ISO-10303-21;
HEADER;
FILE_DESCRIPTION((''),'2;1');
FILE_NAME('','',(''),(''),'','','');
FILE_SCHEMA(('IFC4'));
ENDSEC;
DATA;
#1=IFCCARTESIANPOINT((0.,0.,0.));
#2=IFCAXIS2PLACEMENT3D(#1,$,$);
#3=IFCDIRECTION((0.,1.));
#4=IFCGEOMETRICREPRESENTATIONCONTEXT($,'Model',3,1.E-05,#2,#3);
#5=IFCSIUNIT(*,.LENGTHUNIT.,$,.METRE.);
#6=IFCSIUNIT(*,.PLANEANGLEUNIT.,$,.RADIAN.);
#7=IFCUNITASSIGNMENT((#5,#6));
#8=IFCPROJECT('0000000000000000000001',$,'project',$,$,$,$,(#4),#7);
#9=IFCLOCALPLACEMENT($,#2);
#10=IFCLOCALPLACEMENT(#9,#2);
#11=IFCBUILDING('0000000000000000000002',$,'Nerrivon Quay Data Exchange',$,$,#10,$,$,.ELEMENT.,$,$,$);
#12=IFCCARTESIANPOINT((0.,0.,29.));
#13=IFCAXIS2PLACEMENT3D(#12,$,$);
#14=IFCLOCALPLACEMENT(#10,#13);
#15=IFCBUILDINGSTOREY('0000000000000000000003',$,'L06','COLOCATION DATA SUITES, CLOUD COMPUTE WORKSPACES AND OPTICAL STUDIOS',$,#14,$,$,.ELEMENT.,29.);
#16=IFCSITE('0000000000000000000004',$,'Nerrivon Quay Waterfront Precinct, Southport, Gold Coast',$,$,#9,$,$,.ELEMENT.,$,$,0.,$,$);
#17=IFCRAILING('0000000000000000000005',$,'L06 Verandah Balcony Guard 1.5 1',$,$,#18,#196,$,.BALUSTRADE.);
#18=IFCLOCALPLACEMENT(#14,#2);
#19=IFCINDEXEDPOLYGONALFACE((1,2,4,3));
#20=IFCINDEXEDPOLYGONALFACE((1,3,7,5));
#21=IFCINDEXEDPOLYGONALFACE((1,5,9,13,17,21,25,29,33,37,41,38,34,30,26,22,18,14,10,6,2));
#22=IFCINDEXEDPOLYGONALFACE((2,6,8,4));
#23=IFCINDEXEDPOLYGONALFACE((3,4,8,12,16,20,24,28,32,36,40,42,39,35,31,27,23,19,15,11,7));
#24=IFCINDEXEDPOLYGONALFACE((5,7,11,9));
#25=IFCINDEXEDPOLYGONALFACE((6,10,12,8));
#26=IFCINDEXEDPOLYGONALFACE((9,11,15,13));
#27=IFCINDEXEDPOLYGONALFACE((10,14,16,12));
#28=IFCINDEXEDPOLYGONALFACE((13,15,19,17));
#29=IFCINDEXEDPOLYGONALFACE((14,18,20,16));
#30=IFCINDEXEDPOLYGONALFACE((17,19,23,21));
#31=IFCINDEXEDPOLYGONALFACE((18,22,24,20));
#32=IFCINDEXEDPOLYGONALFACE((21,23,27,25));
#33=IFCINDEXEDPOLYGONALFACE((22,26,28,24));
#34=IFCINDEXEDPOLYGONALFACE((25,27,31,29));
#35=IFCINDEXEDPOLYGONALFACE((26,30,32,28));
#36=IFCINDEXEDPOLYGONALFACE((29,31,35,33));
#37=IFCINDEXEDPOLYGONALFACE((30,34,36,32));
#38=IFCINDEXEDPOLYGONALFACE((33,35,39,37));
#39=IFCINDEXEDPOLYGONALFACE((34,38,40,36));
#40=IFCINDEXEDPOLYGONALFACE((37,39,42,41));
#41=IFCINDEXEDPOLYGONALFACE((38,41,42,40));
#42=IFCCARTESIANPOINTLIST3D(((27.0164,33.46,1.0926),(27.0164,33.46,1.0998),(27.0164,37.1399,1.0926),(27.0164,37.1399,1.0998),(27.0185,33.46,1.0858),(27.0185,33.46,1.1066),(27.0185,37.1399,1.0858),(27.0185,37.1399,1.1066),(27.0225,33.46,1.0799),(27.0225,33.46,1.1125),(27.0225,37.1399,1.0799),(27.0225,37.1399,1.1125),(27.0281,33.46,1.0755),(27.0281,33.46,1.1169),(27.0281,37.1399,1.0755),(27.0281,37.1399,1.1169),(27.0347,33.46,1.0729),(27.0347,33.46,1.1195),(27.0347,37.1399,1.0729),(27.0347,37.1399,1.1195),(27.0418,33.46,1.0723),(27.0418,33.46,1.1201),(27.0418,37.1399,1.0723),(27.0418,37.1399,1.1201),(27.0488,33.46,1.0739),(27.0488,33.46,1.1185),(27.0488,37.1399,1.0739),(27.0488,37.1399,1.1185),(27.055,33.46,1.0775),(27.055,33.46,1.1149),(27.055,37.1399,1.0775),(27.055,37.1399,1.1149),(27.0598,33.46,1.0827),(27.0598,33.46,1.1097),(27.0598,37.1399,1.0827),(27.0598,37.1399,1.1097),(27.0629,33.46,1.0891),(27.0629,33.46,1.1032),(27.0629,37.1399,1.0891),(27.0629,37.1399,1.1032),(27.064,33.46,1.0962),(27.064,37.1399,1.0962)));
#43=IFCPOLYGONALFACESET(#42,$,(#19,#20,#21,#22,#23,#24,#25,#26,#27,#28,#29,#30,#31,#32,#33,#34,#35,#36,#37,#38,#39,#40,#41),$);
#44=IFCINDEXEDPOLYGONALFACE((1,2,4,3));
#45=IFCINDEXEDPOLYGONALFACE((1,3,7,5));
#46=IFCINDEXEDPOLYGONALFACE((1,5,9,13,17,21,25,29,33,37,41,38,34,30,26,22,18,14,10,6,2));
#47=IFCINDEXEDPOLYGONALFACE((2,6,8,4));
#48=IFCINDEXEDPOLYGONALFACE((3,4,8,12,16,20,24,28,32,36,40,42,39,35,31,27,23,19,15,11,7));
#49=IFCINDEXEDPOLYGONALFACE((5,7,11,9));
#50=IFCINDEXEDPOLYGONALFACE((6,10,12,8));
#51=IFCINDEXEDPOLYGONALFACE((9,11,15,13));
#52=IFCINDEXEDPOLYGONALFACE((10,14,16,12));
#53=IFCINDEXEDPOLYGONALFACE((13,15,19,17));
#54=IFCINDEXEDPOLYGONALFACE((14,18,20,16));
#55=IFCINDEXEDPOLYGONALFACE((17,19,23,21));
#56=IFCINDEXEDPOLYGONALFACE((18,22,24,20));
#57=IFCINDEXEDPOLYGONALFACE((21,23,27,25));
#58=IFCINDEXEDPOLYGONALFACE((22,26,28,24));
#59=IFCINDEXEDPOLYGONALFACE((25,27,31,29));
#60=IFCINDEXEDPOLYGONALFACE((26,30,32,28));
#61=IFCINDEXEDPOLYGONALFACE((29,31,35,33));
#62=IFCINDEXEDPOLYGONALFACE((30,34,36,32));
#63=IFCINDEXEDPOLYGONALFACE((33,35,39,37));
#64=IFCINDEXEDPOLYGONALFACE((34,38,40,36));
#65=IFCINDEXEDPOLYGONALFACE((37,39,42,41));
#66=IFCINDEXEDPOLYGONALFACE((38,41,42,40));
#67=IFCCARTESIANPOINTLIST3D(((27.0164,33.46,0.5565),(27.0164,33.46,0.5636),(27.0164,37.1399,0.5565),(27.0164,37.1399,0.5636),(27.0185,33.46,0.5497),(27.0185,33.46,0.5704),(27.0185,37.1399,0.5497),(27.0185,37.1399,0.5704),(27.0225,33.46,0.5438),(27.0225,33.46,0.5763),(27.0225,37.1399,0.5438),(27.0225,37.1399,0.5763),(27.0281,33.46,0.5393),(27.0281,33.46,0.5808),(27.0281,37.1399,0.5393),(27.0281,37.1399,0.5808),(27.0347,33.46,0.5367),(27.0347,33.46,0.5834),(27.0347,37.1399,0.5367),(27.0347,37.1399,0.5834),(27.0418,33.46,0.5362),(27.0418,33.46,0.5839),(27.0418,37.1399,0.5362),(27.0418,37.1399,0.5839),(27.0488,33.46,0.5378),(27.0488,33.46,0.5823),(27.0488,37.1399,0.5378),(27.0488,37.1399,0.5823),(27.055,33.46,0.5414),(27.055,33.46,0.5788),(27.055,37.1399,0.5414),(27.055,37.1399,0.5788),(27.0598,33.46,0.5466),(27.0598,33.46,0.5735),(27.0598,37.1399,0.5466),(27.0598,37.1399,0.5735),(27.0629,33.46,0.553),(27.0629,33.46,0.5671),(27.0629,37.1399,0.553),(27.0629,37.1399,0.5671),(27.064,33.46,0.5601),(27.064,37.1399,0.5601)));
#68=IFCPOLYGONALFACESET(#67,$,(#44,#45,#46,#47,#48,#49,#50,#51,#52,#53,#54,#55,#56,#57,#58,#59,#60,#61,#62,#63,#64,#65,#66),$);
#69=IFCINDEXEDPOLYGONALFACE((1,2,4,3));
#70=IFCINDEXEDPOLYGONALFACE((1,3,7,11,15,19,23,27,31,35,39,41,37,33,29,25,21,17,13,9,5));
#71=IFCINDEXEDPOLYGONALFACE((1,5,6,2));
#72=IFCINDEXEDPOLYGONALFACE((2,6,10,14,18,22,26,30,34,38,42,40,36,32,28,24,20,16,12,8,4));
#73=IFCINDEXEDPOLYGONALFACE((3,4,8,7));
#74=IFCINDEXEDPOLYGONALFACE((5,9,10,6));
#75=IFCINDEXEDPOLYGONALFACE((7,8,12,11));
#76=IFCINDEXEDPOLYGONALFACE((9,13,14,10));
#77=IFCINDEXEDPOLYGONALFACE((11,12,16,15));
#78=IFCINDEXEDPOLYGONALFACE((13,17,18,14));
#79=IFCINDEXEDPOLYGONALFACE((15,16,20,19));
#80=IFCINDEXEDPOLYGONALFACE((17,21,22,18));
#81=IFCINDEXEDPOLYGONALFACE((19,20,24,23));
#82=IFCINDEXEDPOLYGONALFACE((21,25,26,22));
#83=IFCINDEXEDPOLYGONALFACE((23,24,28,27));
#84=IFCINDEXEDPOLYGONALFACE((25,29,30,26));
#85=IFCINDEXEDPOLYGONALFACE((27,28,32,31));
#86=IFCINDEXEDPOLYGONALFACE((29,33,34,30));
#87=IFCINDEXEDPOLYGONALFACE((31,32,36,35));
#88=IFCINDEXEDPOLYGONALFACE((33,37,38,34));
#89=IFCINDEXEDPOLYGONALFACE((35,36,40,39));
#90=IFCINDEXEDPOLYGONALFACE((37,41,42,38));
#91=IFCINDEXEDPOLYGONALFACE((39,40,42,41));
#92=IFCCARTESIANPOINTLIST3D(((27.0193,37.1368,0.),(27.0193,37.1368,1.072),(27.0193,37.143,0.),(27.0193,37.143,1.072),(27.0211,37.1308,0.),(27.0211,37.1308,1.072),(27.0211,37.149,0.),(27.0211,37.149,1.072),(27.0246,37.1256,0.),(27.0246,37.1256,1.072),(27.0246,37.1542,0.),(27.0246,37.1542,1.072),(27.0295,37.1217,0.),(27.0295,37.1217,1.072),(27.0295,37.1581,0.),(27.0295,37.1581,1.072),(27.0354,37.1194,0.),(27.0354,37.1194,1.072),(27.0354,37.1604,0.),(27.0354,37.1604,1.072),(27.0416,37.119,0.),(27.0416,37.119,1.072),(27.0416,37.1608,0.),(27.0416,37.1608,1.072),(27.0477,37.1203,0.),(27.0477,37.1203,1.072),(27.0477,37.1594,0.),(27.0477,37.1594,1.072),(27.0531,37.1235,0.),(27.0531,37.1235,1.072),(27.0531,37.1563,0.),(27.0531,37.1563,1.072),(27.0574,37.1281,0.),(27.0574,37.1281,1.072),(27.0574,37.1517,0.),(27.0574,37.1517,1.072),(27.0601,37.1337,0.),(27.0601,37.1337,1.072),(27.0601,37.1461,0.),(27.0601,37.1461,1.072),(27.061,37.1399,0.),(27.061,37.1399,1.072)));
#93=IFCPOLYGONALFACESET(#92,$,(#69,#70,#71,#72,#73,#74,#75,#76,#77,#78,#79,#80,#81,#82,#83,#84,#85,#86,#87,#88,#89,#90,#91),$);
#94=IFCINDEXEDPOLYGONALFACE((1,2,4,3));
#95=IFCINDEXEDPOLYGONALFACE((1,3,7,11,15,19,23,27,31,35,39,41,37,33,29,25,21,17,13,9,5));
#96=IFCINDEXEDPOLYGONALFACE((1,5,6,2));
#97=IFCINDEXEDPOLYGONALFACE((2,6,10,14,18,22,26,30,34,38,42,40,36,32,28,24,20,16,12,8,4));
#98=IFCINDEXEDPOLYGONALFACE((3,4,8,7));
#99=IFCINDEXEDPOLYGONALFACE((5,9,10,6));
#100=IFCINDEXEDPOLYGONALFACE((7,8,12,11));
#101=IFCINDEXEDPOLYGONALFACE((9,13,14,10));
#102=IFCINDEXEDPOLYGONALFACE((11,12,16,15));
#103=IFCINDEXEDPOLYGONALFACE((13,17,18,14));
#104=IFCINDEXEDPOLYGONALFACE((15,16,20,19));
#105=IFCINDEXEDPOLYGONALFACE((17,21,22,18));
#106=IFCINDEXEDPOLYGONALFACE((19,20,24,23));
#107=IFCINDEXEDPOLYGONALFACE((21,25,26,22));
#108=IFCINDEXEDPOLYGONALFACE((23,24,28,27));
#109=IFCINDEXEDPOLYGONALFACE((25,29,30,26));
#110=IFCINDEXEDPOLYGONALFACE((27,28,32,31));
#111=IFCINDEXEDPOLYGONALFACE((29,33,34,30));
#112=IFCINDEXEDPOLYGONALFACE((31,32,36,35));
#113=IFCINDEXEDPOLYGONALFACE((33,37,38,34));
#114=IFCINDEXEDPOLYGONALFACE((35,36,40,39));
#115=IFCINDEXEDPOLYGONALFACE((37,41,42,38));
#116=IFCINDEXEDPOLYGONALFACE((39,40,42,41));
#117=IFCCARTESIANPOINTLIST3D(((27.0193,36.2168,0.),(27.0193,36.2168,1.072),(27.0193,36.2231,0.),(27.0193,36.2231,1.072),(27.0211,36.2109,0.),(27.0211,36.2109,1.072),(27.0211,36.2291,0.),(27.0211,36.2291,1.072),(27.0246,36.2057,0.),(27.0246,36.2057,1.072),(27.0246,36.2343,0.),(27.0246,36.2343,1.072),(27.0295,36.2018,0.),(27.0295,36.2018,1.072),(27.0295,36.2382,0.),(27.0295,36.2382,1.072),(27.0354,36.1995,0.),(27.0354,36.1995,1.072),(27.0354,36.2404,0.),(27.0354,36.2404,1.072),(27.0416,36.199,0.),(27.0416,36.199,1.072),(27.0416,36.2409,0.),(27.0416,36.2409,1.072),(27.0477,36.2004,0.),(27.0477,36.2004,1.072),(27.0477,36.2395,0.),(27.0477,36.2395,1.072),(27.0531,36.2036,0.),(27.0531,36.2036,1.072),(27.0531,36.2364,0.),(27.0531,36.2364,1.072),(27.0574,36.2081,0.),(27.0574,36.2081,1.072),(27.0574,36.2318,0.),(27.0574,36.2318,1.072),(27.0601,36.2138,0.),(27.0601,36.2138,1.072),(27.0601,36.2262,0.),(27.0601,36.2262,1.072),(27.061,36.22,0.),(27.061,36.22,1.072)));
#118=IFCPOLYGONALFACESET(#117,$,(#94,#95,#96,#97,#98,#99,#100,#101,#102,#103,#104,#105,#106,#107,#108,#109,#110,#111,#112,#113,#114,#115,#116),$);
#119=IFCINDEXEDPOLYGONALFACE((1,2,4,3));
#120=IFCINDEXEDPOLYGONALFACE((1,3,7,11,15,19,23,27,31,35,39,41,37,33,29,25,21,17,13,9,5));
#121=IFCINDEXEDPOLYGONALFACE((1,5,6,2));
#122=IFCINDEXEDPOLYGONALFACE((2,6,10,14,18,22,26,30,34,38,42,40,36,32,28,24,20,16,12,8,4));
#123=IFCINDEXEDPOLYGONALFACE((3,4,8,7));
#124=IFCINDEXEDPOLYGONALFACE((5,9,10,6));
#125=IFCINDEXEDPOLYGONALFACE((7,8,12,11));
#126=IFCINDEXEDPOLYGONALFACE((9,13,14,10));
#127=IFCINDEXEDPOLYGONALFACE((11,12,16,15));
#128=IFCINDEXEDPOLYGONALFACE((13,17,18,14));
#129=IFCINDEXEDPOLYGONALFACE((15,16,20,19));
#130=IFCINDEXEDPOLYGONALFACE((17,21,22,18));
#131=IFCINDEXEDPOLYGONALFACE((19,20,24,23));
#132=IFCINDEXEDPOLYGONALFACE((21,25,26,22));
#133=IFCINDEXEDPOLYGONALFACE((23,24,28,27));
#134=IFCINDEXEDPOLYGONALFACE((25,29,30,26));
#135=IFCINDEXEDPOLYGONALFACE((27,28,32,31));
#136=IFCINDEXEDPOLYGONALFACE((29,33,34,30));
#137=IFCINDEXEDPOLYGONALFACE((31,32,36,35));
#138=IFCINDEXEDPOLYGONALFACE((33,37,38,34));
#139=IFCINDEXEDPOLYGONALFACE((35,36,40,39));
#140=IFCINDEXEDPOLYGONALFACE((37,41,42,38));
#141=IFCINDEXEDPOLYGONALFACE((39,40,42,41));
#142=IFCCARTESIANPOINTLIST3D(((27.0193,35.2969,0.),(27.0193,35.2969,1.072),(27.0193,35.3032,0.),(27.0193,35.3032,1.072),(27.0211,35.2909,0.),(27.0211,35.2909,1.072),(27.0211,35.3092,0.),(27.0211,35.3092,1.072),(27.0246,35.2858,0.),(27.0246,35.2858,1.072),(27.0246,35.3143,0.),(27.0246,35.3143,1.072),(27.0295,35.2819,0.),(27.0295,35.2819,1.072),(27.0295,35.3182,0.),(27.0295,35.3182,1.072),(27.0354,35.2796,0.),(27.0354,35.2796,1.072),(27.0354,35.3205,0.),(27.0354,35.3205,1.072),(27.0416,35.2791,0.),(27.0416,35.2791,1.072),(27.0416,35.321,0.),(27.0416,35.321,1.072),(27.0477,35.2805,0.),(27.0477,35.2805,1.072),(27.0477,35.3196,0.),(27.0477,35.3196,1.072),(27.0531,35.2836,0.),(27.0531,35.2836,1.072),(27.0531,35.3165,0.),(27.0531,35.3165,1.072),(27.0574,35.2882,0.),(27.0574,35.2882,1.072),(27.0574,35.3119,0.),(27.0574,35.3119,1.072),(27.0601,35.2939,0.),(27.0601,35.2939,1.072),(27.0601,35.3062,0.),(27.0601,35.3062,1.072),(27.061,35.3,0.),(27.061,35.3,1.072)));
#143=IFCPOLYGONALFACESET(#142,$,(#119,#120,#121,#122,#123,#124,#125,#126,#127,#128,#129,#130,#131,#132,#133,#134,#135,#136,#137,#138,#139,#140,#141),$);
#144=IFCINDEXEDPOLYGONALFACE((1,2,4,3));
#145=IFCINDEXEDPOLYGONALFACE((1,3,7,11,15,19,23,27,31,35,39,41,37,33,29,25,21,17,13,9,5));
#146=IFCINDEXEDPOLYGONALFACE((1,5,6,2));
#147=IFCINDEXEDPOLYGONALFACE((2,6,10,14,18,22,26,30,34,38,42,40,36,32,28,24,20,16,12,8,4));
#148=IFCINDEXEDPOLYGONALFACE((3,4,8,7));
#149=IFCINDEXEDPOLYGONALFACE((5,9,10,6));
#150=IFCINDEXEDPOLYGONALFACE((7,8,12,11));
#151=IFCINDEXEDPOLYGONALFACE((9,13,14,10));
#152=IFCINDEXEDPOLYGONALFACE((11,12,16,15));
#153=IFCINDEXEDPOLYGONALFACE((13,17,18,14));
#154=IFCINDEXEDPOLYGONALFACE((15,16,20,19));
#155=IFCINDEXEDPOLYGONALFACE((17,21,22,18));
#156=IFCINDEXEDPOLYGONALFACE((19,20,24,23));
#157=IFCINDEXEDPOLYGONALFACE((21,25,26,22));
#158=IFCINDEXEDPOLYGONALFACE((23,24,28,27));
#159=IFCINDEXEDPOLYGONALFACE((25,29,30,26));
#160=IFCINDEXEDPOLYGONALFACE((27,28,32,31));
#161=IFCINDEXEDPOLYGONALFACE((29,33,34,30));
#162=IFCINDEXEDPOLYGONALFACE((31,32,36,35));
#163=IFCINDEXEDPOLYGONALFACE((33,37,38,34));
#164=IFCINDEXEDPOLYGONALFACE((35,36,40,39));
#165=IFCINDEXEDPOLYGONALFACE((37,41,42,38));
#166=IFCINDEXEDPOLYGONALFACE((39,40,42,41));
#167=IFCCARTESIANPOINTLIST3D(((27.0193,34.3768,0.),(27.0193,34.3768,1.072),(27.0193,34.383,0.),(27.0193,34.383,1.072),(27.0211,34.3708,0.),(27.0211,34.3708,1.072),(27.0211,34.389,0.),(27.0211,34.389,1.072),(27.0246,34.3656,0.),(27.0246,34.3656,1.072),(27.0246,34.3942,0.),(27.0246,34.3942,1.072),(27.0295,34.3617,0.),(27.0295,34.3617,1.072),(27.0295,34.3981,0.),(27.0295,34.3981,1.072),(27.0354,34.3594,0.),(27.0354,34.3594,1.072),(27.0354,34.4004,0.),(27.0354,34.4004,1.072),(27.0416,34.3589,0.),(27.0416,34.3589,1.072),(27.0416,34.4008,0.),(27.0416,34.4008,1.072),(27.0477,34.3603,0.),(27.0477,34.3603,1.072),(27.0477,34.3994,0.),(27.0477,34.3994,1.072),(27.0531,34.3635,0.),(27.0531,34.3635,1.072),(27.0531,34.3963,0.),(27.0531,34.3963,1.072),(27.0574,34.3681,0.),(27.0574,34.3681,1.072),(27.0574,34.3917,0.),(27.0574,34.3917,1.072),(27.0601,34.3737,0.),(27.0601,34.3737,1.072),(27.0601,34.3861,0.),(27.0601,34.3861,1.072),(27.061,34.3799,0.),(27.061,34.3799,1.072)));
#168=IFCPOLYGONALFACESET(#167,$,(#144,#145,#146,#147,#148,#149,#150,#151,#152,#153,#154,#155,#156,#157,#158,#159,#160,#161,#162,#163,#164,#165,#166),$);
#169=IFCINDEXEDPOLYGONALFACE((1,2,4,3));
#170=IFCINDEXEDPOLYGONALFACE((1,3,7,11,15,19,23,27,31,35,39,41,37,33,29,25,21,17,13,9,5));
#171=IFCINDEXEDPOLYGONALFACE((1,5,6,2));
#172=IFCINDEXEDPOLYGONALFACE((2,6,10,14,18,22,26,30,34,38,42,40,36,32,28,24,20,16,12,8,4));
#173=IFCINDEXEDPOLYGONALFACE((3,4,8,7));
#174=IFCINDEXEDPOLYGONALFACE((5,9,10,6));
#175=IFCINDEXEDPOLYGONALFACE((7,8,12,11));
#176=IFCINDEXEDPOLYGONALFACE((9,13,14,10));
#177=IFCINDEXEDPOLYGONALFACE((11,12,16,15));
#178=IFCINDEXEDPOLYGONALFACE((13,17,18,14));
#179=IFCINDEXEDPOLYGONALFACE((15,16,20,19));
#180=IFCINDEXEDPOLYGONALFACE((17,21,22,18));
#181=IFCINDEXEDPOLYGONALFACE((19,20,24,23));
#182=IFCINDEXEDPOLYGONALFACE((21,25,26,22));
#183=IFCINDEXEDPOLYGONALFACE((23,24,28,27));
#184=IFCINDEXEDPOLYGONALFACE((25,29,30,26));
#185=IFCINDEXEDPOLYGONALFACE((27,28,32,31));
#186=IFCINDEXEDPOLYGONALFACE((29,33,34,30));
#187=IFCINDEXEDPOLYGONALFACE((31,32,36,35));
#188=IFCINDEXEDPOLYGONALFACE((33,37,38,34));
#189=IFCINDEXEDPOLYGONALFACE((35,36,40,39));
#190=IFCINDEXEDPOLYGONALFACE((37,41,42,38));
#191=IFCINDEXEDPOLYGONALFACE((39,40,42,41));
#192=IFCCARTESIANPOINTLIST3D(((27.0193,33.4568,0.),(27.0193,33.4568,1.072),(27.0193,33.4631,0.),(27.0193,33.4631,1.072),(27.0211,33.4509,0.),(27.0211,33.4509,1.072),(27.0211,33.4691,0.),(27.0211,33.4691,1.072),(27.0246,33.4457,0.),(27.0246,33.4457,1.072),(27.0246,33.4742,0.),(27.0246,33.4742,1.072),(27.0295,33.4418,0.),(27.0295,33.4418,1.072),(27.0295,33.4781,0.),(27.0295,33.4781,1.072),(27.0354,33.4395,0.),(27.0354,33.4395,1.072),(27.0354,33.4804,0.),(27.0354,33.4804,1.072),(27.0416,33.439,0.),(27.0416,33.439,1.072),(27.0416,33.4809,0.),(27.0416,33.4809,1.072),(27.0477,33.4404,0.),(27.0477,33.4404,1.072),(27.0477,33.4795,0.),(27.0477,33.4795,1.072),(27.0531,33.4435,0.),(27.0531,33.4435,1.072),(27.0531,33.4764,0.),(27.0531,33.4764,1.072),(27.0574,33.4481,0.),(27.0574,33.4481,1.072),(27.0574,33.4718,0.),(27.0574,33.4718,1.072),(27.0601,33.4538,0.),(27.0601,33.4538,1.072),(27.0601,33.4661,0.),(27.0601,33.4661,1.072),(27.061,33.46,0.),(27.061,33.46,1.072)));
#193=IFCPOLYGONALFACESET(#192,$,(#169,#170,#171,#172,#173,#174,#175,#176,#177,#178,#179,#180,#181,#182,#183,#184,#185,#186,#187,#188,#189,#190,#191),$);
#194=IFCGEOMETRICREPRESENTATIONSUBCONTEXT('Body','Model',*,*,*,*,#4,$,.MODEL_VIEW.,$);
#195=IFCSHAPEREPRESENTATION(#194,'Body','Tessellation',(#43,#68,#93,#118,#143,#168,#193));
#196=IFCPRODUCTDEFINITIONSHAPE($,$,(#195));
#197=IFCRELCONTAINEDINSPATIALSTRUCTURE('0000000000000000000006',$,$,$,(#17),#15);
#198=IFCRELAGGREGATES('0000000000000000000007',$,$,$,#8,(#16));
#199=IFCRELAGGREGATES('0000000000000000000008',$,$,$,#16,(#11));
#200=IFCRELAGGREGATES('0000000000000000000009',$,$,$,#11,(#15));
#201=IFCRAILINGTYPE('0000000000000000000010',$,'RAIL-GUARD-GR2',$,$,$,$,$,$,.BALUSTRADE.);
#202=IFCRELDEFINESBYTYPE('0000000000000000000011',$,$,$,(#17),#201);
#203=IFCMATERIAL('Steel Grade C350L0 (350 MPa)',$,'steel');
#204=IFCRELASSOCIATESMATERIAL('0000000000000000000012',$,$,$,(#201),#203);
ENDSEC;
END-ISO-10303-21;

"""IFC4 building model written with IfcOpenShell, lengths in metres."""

from ifc_helpers import new_model, si_unit, direction, frame, origin, origin_2d, place, context, subcontext, project, spatial, circle, extrude, material, type_object, element, save


model = new_model("IFC4")

# Units and contexts
model_context = context("Model", 3, precision=1e-05, world=origin(), true_north=direction((0.0, 1.0)))
body_context = subcontext(model_context, "Body", "Model", "MODEL_VIEW")
ifc_project = project(units=[si_unit("LENGTHUNIT", "METRE"), si_unit("PLANEANGLEUNIT", "RADIAN")], contexts=[model_context])

# Site, building, storey
site_placement = place(None, origin())
site = spatial("IfcSite", under=ifc_project, at=site_placement, Name="Nerrivon Quay Waterfront Precinct, Southport, Gold Coast", CompositionType="ELEMENT", RefElevation=0.0)
building_placement = place(site_placement, origin())
building = spatial("IfcBuilding", under=site, at=building_placement, Name="Nerrivon Quay Data Exchange", CompositionType="ELEMENT")
storey_placement = place(building_placement, frame((0.0, 0.0, 29.0)))
storey = spatial("IfcBuildingStorey", under=building, at=storey_placement, Name="L06", Description="COLOCATION DATA SUITES, CLOUD COMPUTE WORKSPACES AND OPTICAL STUDIOS", CompositionType="ELEMENT", Elevation=29.0)

# Railing
ifc_material_1 = material(Name="Steel Grade C350L0 (350 MPa)", Category="steel")
railing_type = type_object("IfcRailingType", Name="RAIL-GUARD-GR2", PredefinedType="BALUSTRADE", material=ifc_material_1)
railing_1_placement = place(storey_placement, frame((27.04, 37.1399, 0.0)))
element("IfcRailing", 1, at=railing_1_placement, inside=storey, type_object=railing_type, Name="L06 Verandah Balcony Guard 1.5 1", PredefinedType="BALUSTRADE", context=body_context, shape_type="SweptSolid", body=[
    extrude(circle(Radius=0.0239, at=origin_2d()), frame((0.0, 0.0, 1.0962), z_axis=(0.0, -1.0, 0.0), x_axis=(1.0, 0.0, 0.0)), (0.0, 0.0, 1.0), 3.6799),
    extrude(circle(Radius=0.0239, at=origin_2d()), frame((0.0, 0.0, 0.5601), z_axis=(0.0, -1.0, 0.0), x_axis=(1.0, 0.0, 0.0)), (0.0, 0.0, 1.0), 3.6799),
    extrude(circle(Radius=0.021, at=origin_2d()), origin(), (0.0, 0.0, 1.0), 1.072),
    extrude(circle(Radius=0.021, at=origin_2d()), frame((0.0, -0.9199, 0.0)), (0.0, 0.0, 1.0), 1.072),
    extrude(circle(Radius=0.021, at=origin_2d()), frame((0.0, -1.8398, 0.0)), (0.0, 0.0, 1.0), 1.072),
    extrude(circle(Radius=0.021, at=origin_2d()), frame((0.0, -2.76, 0.0)), (0.0, 0.0, 1.0), 1.072),
    extrude(circle(Radius=0.021, at=origin_2d()), frame((0.0, -3.6799, 0.0)), (0.0, 0.0, 1.0), 1.072),
])

save(model, "model.ifc")
